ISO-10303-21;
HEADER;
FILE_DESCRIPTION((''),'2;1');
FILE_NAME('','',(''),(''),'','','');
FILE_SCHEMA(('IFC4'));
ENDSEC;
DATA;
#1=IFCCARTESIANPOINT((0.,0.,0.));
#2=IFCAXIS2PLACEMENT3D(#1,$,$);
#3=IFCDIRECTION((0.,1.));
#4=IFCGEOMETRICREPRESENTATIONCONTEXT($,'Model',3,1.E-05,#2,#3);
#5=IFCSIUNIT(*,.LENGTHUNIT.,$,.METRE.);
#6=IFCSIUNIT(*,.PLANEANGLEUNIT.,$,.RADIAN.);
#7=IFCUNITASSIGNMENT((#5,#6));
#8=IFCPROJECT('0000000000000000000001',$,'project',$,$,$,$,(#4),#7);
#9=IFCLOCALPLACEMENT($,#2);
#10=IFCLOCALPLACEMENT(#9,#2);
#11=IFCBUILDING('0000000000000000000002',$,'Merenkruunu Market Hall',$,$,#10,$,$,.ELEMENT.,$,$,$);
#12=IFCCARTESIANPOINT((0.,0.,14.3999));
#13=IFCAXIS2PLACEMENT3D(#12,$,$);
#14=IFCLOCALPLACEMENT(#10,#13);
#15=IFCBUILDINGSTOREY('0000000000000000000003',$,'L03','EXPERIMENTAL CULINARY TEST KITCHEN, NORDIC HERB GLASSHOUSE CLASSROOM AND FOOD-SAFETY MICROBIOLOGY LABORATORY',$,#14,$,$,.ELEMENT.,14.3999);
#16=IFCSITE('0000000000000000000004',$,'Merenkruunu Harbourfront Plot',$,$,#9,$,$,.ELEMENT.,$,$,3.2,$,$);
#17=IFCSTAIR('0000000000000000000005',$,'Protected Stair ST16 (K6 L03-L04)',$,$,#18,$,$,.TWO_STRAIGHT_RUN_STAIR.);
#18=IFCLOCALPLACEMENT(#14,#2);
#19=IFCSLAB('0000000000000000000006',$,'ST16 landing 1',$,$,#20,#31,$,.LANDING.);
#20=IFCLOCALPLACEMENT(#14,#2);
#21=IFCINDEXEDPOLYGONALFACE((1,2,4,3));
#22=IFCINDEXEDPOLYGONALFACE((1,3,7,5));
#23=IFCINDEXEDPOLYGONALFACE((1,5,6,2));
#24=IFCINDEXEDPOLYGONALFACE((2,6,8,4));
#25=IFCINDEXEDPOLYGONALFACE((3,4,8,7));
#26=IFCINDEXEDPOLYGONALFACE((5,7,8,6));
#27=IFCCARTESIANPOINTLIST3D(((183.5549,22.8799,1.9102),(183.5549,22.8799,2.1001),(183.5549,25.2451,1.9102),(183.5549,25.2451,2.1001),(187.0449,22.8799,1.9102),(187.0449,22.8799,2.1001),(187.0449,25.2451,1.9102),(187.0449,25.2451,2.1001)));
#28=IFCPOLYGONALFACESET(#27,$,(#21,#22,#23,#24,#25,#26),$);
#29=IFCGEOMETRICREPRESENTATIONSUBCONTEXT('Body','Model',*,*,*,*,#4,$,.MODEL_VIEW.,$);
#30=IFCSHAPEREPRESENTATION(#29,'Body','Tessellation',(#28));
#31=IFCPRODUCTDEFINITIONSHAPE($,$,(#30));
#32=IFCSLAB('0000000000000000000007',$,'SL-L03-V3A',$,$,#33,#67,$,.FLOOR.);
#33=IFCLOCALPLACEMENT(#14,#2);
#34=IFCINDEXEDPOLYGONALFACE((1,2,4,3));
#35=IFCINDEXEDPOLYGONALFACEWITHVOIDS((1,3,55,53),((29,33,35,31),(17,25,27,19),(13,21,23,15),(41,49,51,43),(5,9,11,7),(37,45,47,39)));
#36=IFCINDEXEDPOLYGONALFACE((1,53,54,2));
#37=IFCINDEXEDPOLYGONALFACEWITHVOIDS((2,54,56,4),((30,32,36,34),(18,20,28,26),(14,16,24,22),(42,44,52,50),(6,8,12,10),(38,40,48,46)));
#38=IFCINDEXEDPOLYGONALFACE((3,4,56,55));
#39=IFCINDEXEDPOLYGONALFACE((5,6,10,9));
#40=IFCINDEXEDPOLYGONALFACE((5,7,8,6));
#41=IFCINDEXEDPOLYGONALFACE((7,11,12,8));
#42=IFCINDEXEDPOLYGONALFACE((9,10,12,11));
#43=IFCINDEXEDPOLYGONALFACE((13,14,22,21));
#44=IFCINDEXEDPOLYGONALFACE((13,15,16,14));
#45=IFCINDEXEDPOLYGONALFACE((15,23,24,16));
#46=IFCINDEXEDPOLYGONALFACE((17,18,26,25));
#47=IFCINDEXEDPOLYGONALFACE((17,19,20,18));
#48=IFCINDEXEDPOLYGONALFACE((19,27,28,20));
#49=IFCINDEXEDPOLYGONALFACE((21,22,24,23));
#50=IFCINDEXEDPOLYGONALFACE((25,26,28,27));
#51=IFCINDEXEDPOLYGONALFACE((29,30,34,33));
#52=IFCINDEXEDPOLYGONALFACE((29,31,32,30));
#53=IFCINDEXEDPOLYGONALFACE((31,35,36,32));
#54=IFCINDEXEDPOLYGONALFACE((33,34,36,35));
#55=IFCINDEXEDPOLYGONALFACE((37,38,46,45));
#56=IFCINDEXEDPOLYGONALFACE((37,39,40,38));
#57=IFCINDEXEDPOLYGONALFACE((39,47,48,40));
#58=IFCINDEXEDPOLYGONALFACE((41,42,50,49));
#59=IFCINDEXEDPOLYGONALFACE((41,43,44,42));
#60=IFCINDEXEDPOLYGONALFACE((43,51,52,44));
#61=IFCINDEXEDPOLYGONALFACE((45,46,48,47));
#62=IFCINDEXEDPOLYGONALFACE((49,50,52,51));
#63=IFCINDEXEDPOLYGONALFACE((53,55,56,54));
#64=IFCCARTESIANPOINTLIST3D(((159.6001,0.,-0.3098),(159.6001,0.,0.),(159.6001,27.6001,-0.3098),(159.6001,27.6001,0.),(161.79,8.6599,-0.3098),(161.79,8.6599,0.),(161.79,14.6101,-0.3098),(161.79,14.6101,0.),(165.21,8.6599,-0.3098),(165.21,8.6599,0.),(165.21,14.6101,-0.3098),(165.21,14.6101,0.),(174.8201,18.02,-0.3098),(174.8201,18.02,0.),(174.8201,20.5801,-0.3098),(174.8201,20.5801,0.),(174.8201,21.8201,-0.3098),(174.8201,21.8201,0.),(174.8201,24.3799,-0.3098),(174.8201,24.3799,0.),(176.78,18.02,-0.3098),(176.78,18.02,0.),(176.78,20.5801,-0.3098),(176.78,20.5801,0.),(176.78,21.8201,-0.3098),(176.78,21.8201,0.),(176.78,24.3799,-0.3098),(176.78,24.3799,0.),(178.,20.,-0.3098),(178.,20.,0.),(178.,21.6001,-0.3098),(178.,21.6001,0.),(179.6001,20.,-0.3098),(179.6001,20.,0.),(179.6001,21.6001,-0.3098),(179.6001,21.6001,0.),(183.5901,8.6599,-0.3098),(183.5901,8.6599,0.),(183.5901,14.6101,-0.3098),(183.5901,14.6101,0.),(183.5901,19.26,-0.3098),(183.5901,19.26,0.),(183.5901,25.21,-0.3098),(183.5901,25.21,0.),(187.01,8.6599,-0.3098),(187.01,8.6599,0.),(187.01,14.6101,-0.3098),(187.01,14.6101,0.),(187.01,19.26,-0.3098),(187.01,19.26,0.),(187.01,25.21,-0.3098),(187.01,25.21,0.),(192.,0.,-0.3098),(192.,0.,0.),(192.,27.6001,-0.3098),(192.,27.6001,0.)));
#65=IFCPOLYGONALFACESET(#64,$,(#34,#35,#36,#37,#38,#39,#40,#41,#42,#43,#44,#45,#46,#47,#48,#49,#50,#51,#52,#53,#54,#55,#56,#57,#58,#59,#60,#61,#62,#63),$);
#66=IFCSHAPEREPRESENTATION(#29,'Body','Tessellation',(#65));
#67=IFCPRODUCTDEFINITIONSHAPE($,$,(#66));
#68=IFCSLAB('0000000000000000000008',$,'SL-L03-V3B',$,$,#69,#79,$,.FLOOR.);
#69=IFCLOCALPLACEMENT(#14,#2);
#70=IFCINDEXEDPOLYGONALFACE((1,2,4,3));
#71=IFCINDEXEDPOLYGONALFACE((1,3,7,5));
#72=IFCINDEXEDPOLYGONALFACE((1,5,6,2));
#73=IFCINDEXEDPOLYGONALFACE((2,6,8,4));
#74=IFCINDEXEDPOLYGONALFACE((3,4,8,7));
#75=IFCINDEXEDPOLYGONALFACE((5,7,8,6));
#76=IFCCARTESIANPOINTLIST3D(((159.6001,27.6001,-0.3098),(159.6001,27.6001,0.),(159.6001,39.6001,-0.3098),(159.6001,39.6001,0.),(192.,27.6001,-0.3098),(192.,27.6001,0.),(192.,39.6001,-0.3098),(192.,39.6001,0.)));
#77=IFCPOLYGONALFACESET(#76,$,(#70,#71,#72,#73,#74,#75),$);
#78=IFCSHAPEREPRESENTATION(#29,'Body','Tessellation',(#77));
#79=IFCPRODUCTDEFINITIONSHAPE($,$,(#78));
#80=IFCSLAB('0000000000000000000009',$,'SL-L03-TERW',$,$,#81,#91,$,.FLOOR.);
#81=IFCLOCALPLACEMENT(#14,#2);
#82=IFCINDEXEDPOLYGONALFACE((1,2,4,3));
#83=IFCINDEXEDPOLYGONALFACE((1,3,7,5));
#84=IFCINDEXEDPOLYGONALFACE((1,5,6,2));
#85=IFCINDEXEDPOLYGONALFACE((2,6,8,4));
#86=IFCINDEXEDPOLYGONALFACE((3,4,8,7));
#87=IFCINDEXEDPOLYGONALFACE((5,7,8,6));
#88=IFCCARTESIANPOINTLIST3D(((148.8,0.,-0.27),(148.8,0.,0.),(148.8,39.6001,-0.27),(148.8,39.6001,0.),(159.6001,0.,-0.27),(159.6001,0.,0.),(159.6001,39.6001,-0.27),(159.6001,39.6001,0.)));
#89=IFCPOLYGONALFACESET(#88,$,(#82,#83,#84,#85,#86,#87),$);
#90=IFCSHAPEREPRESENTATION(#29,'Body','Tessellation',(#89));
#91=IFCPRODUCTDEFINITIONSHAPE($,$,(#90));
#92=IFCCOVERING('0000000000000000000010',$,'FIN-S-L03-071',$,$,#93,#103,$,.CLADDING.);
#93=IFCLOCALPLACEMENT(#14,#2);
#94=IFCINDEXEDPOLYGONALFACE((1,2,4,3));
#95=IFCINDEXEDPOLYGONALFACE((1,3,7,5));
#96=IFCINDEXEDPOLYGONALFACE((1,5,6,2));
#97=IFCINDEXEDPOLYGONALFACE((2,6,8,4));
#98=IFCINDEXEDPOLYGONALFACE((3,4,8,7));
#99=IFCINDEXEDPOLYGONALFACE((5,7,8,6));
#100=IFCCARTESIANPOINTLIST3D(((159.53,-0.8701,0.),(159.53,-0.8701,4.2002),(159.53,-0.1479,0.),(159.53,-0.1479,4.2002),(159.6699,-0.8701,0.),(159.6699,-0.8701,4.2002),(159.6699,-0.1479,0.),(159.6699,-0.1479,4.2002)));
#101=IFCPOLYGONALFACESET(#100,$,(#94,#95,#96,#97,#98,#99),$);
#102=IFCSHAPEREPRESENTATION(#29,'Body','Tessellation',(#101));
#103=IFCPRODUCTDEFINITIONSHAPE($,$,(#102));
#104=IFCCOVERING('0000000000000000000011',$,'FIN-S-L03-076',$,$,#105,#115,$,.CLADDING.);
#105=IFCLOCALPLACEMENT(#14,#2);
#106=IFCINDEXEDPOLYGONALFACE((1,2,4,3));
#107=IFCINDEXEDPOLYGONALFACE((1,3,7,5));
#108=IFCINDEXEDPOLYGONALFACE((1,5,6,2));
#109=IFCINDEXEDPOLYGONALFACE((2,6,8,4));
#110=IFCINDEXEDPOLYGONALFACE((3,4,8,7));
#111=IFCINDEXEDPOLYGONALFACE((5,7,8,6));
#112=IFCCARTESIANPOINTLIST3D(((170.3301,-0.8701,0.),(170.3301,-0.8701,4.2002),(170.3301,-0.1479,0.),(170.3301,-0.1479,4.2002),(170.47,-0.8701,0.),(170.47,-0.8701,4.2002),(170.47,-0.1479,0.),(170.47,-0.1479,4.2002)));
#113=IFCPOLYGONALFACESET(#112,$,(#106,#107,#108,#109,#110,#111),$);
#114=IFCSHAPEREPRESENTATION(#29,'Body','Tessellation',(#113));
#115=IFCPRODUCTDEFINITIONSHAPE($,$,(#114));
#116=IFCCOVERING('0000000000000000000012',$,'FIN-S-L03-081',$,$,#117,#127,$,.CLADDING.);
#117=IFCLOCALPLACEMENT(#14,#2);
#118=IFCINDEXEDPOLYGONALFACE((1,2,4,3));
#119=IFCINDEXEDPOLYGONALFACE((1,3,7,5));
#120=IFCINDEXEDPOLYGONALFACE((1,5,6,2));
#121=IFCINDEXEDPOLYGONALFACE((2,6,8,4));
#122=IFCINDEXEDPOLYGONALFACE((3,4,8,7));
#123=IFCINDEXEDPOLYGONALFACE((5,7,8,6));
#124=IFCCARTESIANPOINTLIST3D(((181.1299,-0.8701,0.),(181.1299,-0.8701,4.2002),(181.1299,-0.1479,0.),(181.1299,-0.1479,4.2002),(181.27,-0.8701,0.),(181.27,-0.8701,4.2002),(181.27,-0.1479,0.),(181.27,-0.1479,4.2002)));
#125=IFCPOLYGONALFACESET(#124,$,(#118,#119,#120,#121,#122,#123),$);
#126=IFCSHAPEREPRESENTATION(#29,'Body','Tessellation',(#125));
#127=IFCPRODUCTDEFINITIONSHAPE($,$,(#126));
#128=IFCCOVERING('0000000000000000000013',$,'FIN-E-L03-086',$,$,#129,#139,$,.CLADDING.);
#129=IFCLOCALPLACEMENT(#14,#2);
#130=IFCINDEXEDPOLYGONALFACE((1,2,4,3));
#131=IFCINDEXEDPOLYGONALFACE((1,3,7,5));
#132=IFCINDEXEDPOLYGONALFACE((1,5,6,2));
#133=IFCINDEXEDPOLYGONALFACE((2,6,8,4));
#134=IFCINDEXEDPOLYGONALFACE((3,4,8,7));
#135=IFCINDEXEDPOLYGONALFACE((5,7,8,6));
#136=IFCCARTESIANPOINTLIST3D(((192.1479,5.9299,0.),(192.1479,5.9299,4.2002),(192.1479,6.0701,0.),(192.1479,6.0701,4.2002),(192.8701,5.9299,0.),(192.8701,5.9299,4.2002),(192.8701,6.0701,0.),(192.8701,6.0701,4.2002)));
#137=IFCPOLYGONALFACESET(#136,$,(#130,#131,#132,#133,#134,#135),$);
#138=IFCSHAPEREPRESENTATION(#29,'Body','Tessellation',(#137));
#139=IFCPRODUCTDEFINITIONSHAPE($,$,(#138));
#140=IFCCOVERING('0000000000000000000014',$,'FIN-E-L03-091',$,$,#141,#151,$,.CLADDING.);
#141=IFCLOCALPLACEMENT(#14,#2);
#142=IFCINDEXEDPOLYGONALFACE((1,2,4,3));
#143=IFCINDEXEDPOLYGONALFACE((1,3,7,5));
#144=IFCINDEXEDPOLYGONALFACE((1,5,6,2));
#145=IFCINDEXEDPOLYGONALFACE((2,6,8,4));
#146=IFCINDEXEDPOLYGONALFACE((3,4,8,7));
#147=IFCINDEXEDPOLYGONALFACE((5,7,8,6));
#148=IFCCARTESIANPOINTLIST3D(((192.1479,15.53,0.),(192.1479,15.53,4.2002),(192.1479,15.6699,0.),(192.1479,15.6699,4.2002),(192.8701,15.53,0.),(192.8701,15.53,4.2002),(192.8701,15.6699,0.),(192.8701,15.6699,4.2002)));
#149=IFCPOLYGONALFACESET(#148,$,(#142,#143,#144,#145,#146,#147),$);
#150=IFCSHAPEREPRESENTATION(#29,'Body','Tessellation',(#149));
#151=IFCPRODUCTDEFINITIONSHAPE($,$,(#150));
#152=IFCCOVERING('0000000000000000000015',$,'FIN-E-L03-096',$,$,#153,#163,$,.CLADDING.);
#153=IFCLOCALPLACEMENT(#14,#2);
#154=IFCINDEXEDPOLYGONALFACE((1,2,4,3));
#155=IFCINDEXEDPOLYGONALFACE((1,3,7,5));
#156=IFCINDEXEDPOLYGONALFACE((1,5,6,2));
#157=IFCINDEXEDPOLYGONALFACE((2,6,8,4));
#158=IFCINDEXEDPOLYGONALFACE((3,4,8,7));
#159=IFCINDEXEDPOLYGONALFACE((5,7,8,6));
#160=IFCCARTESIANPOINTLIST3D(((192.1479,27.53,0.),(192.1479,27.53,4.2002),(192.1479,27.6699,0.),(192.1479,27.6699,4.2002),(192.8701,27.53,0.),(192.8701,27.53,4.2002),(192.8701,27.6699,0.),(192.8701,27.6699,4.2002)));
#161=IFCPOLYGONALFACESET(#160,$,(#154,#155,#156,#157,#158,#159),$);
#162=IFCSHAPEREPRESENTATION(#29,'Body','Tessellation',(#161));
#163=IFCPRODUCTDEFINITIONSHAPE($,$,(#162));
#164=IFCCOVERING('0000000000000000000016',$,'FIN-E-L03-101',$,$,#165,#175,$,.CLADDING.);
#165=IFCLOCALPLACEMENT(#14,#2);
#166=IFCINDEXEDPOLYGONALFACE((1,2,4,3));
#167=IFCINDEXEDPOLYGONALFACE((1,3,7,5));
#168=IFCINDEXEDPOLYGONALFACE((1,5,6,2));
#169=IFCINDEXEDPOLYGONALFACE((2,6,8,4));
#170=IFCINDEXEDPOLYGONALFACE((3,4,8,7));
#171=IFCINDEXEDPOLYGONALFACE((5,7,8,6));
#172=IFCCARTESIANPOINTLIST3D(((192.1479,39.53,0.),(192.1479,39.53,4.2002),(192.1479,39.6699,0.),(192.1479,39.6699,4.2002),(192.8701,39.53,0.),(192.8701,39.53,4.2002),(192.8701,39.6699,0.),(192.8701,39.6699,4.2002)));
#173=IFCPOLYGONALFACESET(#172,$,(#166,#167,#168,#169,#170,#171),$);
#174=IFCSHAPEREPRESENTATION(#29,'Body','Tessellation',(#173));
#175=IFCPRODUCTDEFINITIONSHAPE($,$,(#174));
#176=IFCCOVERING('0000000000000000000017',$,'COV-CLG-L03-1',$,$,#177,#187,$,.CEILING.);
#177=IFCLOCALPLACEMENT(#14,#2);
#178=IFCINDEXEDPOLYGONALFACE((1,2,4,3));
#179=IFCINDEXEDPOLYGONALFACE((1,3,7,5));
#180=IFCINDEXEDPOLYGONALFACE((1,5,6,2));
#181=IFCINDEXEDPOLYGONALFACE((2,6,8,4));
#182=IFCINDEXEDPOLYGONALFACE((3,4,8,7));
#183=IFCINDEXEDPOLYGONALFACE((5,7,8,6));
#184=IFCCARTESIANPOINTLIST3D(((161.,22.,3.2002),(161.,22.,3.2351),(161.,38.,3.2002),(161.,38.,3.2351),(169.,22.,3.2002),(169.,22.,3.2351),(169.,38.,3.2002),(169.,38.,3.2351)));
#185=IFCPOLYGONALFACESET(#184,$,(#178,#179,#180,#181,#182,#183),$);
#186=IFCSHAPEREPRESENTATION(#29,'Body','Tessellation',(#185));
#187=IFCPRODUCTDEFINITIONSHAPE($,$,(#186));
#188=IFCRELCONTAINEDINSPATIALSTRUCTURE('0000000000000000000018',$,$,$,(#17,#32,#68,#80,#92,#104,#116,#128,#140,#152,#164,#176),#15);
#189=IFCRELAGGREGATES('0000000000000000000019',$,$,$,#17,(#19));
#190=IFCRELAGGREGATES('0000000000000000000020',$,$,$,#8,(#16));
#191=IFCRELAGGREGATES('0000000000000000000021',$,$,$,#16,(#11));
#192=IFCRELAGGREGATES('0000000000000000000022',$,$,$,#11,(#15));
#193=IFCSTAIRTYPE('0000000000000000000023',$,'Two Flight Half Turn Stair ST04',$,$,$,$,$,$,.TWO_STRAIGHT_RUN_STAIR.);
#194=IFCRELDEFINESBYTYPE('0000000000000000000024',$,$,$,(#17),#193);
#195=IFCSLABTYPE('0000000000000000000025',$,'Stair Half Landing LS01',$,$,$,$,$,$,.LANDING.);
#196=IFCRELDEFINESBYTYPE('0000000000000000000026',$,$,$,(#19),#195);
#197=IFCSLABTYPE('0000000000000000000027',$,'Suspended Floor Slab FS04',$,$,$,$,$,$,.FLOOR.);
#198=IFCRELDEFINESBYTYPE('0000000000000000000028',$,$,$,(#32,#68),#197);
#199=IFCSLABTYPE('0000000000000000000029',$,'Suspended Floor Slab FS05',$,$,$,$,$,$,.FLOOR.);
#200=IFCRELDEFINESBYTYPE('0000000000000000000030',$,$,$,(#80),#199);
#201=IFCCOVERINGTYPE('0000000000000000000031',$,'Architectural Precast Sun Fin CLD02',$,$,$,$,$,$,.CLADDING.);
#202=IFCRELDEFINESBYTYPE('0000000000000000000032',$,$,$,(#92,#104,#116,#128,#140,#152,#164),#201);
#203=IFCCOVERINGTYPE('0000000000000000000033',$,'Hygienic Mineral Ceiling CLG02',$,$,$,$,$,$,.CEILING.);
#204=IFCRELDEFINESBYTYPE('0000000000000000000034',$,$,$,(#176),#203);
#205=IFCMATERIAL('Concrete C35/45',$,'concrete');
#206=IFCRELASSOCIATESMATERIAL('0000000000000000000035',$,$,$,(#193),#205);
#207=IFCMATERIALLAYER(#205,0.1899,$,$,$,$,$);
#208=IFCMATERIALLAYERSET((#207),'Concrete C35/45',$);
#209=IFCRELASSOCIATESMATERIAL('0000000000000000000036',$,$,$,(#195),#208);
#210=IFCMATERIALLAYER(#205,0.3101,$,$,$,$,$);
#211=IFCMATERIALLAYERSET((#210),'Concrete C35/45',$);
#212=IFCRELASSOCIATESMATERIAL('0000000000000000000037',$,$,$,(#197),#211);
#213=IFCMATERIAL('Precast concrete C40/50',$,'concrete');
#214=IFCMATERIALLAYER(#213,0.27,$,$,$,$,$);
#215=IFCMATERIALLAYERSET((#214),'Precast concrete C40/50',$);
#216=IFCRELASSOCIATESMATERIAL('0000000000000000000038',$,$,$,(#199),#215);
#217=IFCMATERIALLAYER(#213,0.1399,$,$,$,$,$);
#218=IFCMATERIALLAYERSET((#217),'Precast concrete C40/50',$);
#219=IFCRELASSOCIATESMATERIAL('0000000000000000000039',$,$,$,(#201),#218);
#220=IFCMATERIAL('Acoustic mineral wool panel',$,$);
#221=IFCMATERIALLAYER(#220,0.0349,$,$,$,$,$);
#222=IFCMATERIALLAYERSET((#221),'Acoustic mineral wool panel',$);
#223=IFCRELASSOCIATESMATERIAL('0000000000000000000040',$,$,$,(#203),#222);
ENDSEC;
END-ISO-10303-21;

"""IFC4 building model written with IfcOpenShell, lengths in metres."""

from ifc_helpers import new_model, si_unit, direction, frame, origin, place, context, subcontext, project, spatial, polyline, outline, extrude, material, layer, layer_set, type_object, element, aggregate, save


model = new_model("IFC4")

# Units and contexts
model_context = context("Model", 3, precision=1e-05, world=origin(), true_north=direction((0.0, 1.0)))
body_context = subcontext(model_context, "Body", "Model", "MODEL_VIEW")
ifc_project = project(units=[si_unit("LENGTHUNIT", "METRE"), si_unit("PLANEANGLEUNIT", "RADIAN")], contexts=[model_context])

# Site, building, storey
site_placement = place(None, origin())
site = spatial("IfcSite", under=ifc_project, at=site_placement, Name="Merenkruunu Harbourfront Plot", CompositionType="ELEMENT", RefElevation=3.2)
building_placement = place(site_placement, origin())
building = spatial("IfcBuilding", under=site, at=building_placement, Name="Merenkruunu Market Hall", CompositionType="ELEMENT")
storey_placement = place(building_placement, frame((0.0, 0.0, 14.3999)))
storey = spatial("IfcBuildingStorey", under=building, at=storey_placement, Name="L03", Description="EXPERIMENTAL CULINARY TEST KITCHEN, NORDIC HERB GLASSHOUSE CLASSROOM AND FOOD-SAFETY MICROBIOLOGY LABORATORY", CompositionType="ELEMENT", Elevation=14.3999)

# Stair, slab
ifc_material_1 = material(Name="Concrete C35/45", Category="concrete")
stair_type = type_object("IfcStairType", Name="Two Flight Half Turn Stair ST04", PredefinedType="TWO_STRAIGHT_RUN_STAIR", material=ifc_material_1)
ifc_layer_1 = layer(ifc_material_1, 0.1899)
ifc_layer_set_1 = layer_set([ifc_layer_1], Name="Concrete C35/45")
slab_type_1 = type_object("IfcSlabType", Name="Stair Half Landing LS01", PredefinedType="LANDING", material=ifc_layer_set_1)
stair_1_placement = place(storey_placement, origin())
stair_1 = element("IfcStair", 1, at=stair_1_placement, inside=storey, type_object=stair_type, Name="Protected Stair ST16 (K6 L03-L04)", PredefinedType="TWO_STRAIGHT_RUN_STAIR")
slab_1_placement = place(storey_placement, frame((0.0, 0.0, 1.9102)))
slab_1 = element("IfcSlab", 2, at=slab_1_placement, type_object=slab_type_1, Name="ST16 landing 1", PredefinedType="LANDING", context=body_context, shape_type="SweptSolid", body=[
    extrude(outline(polyline([(183.5549, 22.8799), (187.0449, 22.8799), (187.0449, 25.2451), (183.5549, 25.2451), (183.5549, 22.8799)])), origin(), (0.0, 0.0, 1.0), 0.1899),
])
aggregate(stair_1, [slab_1])

# Slabs
ifc_layer_2 = layer(ifc_material_1, 0.3101)
ifc_layer_set_2 = layer_set([ifc_layer_2], Name="Concrete C35/45")
slab_type_2 = type_object("IfcSlabType", Name="Suspended Floor Slab FS04", PredefinedType="FLOOR", material=ifc_layer_set_2)
slab_2_placement = place(storey_placement, frame((0.0, 0.0, -0.3098)))
element("IfcSlab", 3, at=slab_2_placement, inside=storey, type_object=slab_type_2, Name="SL-L03-V3A", PredefinedType="FLOOR", context=body_context, shape_type="SweptSolid", body=[
    extrude(outline(polyline([(159.6001, 0.0), (192.0, 0.0), (192.0, 27.6001), (159.6001, 27.6001), (159.6001, 0.0)]), holes=[polyline([(183.5901, 8.6599), (187.01, 8.6599), (187.01, 14.6101), (183.5901, 14.6101), (183.5901, 8.6599)]), polyline([(183.5901, 19.26), (187.01, 19.26), (187.01, 25.21), (183.5901, 25.21), (183.5901, 19.26)]), polyline([(161.79, 8.6599), (165.21, 8.6599), (165.21, 14.6101), (161.79, 14.6101), (161.79, 8.6599)]), polyline([(174.8201, 18.02), (176.78, 18.02), (176.78, 20.5801), (174.8201, 20.5801), (174.8201, 18.02)]), polyline([(174.8201, 21.8201), (176.78, 21.8201), (176.78, 24.3799), (174.8201, 24.3799), (174.8201, 21.8201)]), polyline([(178.0, 20.0), (179.6001, 20.0), (179.6001, 21.6001), (178.0, 21.6001), (178.0, 20.0)])]), origin(), (0.0, 0.0, 1.0), 0.3098),
])
slab_3_placement = place(storey_placement, frame((0.0, 0.0, -0.3098)))
element("IfcSlab", 4, at=slab_3_placement, inside=storey, type_object=slab_type_2, Name="SL-L03-V3B", PredefinedType="FLOOR", context=body_context, shape_type="SweptSolid", body=[
    extrude(outline(polyline([(159.6001, 27.6001), (192.0, 27.6001), (192.0, 39.6001), (159.6001, 39.6001), (159.6001, 27.6001)])), origin(), (0.0, 0.0, 1.0), 0.3098),
])
ifc_material_2 = material(Name="Precast concrete C40/50", Category="concrete")
ifc_layer_3 = layer(ifc_material_2, 0.27)
ifc_layer_set_3 = layer_set([ifc_layer_3], Name="Precast concrete C40/50")
slab_type_3 = type_object("IfcSlabType", Name="Suspended Floor Slab FS05", PredefinedType="FLOOR", material=ifc_layer_set_3)
slab_4_placement = place(storey_placement, frame((0.0, 0.0, -0.27)))
element("IfcSlab", 5, at=slab_4_placement, inside=storey, type_object=slab_type_3, Name="SL-L03-TERW", PredefinedType="FLOOR", context=body_context, shape_type="SweptSolid", body=[
    extrude(outline(polyline([(148.8, 0.0), (159.6001, 0.0), (159.6001, 39.6001), (148.8, 39.6001), (148.8, 0.0)])), origin(), (0.0, 0.0, 1.0), 0.27),
])

# Coverings
ifc_layer_4 = layer(ifc_material_2, 0.1399)
ifc_layer_set_4 = layer_set([ifc_layer_4], Name="Precast concrete C40/50")
covering_type_1 = type_object("IfcCoveringType", Name="Architectural Precast Sun Fin CLD02", PredefinedType="CLADDING", material=ifc_layer_set_4)
covering_1_placement = place(storey_placement, origin())
element("IfcCovering", 6, at=covering_1_placement, inside=storey, type_object=covering_type_1, Name="FIN-S-L03-071", PredefinedType="CLADDING", context=body_context, shape_type="SweptSolid", body=[
    extrude(outline(polyline([(159.53, -0.8701), (159.6699, -0.8701), (159.6699, -0.1479), (159.53, -0.1479), (159.53, -0.8701)])), origin(), (0.0, 0.0, 1.0), 4.2002),
])
covering_2_placement = place(storey_placement, origin())
element("IfcCovering", 7, at=covering_2_placement, inside=storey, type_object=covering_type_1, Name="FIN-S-L03-076", PredefinedType="CLADDING", context=body_context, shape_type="SweptSolid", body=[
    extrude(outline(polyline([(170.3301, -0.8701), (170.47, -0.8701), (170.47, -0.1479), (170.3301, -0.1479), (170.3301, -0.8701)])), origin(), (0.0, 0.0, 1.0), 4.2002),
])
covering_3_placement = place(storey_placement, origin())
element("IfcCovering", 8, at=covering_3_placement, inside=storey, type_object=covering_type_1, Name="FIN-S-L03-081", PredefinedType="CLADDING", context=body_context, shape_type="SweptSolid", body=[
    extrude(outline(polyline([(181.1299, -0.8701), (181.27, -0.8701), (181.27, -0.1479), (181.1299, -0.1479), (181.1299, -0.8701)])), origin(), (0.0, 0.0, 1.0), 4.2002),
])
covering_4_placement = place(storey_placement, origin())
element("IfcCovering", 9, at=covering_4_placement, inside=storey, type_object=covering_type_1, Name="FIN-E-L03-086", PredefinedType="CLADDING", context=body_context, shape_type="SweptSolid", body=[
    extrude(outline(polyline([(192.1479, 5.9299), (192.8701, 5.9299), (192.8701, 6.0701), (192.1479, 6.0701), (192.1479, 5.9299)])), origin(), (0.0, 0.0, 1.0), 4.2002),
])
covering_5_placement = place(storey_placement, origin())
element("IfcCovering", 10, at=covering_5_placement, inside=storey, type_object=covering_type_1, Name="FIN-E-L03-091", PredefinedType="CLADDING", context=body_context, shape_type="SweptSolid", body=[
    extrude(outline(polyline([(192.1479, 15.53), (192.8701, 15.53), (192.8701, 15.6699), (192.1479, 15.6699), (192.1479, 15.53)])), origin(), (0.0, 0.0, 1.0), 4.2002),
])
covering_6_placement = place(storey_placement, origin())
element("IfcCovering", 11, at=covering_6_placement, inside=storey, type_object=covering_type_1, Name="FIN-E-L03-096", PredefinedType="CLADDING", context=body_context, shape_type="SweptSolid", body=[
    extrude(outline(polyline([(192.1479, 27.53), (192.8701, 27.53), (192.8701, 27.6699), (192.1479, 27.6699), (192.1479, 27.53)])), origin(), (0.0, 0.0, 1.0), 4.2002),
])
covering_7_placement = place(storey_placement, origin())
element("IfcCovering", 12, at=covering_7_placement, inside=storey, type_object=covering_type_1, Name="FIN-E-L03-101", PredefinedType="CLADDING", context=body_context, shape_type="SweptSolid", body=[
    extrude(outline(polyline([(192.1479, 39.53), (192.8701, 39.53), (192.8701, 39.6699), (192.1479, 39.6699), (192.1479, 39.53)])), origin(), (0.0, 0.0, 1.0), 4.2002),
])
ifc_material_3 = material(Name="Acoustic mineral wool panel")
ifc_layer_5 = layer(ifc_material_3, 0.0349)
ifc_layer_set_5 = layer_set([ifc_layer_5], Name="Acoustic mineral wool panel")
covering_type_2 = type_object("IfcCoveringType", Name="Hygienic Mineral Ceiling CLG02", PredefinedType="CEILING", material=ifc_layer_set_5)
covering_8_placement = place(storey_placement, frame((0.0, 0.0, 3.2002)))
element("IfcCovering", 13, at=covering_8_placement, inside=storey, type_object=covering_type_2, Name="COV-CLG-L03-1", PredefinedType="CEILING", context=body_context, shape_type="SweptSolid", body=[
    extrude(outline(polyline([(161.0, 22.0), (161.0, 38.0), (169.0, 38.0), (169.0, 22.0), (161.0, 22.0)])), origin(), (0.0, 0.0, 1.0), 0.0349),
])

save(model, "model.ifc")
